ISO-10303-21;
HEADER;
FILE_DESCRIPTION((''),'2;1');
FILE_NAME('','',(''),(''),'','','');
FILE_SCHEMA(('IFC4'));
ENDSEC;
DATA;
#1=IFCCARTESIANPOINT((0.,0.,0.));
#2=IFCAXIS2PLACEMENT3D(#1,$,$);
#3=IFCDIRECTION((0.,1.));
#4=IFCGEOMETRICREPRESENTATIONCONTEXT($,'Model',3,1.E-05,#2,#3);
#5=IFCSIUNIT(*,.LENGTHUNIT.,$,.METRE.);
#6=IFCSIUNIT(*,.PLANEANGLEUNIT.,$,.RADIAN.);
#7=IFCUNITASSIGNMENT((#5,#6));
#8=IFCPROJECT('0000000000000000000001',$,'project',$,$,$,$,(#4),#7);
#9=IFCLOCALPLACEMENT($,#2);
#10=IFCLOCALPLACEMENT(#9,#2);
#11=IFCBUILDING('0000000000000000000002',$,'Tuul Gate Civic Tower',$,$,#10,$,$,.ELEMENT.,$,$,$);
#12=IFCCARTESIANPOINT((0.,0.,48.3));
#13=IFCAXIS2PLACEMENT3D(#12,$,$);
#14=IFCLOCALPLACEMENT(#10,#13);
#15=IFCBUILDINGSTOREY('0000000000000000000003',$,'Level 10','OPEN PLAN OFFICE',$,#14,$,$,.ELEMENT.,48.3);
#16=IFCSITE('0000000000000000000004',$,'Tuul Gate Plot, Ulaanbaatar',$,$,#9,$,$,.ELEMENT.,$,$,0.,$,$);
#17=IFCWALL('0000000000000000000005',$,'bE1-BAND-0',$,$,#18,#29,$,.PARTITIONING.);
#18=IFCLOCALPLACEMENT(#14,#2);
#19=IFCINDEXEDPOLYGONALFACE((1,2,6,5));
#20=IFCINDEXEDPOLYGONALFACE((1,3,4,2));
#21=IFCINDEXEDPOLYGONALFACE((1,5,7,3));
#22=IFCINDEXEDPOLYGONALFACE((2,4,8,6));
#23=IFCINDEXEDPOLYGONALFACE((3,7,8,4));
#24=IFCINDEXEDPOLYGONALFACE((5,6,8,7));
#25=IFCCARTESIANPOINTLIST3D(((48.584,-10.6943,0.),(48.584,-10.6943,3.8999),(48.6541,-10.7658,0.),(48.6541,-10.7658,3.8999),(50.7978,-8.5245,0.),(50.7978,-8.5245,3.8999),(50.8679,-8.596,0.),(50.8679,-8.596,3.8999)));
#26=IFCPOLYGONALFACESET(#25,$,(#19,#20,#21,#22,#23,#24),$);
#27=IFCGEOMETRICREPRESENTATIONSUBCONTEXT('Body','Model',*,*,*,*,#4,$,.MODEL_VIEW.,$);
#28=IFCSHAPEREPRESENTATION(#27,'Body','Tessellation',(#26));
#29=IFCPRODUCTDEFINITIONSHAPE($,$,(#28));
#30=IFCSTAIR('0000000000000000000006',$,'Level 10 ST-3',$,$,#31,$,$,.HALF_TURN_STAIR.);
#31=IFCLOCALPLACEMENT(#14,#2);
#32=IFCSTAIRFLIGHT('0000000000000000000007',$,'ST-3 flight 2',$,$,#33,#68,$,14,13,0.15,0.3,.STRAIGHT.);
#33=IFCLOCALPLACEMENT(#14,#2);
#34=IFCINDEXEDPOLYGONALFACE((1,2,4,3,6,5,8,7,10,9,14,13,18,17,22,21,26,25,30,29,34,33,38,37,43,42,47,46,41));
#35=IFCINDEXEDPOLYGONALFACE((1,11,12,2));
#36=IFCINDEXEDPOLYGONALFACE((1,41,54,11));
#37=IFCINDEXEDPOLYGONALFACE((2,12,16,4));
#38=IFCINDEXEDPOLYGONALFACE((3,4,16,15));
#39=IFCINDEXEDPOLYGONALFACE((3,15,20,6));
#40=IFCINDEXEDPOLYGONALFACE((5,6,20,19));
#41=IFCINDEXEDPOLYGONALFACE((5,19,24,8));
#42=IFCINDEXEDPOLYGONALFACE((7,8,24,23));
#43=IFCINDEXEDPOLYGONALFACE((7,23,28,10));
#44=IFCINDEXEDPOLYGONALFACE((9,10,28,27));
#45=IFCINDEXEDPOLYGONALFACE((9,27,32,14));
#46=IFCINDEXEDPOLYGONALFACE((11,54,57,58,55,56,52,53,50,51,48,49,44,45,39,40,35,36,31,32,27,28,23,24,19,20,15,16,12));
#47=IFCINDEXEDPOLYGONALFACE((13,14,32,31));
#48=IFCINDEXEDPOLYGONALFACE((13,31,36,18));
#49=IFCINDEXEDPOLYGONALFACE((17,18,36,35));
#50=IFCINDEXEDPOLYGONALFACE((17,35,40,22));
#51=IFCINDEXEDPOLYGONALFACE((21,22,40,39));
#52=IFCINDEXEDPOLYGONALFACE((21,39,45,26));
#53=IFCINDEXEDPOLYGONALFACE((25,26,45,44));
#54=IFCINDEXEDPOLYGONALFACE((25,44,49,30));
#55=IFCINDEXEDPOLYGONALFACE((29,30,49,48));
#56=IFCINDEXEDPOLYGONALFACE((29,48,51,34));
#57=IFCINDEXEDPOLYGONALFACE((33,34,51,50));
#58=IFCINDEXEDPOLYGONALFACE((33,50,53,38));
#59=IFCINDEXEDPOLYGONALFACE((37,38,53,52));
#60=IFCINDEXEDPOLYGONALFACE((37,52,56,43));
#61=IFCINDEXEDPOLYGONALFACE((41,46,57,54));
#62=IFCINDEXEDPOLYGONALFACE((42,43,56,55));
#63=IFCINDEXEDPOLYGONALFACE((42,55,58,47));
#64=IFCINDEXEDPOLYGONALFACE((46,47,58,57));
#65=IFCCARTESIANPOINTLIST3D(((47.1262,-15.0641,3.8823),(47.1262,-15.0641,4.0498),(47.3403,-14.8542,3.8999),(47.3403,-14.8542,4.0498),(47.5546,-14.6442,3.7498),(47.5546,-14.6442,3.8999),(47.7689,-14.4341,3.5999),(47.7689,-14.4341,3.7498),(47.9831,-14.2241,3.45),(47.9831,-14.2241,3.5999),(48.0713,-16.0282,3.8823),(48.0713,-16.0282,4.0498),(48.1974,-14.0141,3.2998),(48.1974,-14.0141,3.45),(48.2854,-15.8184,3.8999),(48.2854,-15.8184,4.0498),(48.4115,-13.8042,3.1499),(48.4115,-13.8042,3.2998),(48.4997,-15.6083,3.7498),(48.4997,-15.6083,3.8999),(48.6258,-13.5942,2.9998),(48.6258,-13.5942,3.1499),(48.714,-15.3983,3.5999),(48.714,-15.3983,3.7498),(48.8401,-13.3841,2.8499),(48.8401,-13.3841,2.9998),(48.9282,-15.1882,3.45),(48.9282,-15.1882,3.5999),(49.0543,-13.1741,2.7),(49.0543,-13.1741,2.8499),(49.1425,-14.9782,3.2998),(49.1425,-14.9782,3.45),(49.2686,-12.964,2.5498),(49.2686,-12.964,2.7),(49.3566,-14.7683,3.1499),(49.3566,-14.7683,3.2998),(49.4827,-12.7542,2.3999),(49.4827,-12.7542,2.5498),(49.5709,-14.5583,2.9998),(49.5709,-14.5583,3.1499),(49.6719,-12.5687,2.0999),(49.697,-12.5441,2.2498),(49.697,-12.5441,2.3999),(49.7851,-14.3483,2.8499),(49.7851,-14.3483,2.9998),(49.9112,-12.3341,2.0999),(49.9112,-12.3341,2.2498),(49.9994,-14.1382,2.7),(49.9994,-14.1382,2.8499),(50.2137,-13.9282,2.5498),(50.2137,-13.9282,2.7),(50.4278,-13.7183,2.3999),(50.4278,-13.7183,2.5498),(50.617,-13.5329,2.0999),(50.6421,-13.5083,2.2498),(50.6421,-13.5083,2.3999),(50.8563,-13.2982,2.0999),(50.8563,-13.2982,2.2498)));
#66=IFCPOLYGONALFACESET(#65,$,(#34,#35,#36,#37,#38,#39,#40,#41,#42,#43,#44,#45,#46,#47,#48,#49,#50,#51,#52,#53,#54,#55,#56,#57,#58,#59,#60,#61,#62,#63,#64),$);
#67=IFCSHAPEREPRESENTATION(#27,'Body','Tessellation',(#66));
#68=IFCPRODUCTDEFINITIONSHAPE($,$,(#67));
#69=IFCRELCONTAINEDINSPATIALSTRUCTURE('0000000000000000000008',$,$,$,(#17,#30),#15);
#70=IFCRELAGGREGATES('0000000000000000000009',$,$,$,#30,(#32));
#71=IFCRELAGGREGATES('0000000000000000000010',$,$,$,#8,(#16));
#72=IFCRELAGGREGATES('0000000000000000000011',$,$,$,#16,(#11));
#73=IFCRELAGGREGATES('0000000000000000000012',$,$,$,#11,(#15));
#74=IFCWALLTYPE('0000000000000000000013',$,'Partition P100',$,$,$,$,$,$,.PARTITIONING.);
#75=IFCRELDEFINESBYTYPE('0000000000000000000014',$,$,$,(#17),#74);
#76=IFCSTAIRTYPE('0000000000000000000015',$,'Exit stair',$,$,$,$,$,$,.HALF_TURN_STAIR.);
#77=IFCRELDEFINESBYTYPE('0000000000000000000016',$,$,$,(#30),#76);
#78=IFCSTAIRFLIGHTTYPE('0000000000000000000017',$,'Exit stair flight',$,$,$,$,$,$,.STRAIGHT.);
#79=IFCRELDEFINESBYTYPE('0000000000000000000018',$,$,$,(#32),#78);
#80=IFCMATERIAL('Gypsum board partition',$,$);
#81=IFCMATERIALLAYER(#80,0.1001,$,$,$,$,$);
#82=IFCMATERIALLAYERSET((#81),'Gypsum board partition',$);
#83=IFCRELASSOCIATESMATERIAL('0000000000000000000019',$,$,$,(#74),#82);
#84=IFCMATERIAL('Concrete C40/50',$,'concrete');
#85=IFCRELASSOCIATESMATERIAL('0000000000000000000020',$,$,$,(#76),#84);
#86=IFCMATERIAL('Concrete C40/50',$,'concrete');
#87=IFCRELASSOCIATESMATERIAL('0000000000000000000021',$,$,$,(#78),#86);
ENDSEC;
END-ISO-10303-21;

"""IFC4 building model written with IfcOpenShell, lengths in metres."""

from ifc_helpers import new_model, si_unit, direction, frame, frame_2d, origin, place, context, subcontext, project, spatial, polyline, rectangle, outline, extrude, material, layer, layer_set, type_object, element, aggregate, save


model = new_model("IFC4")

# Units and contexts
model_context = context("Model", 3, precision=1e-05, world=origin(), true_north=direction((0.0, 1.0)))
body_context = subcontext(model_context, "Body", "Model", "MODEL_VIEW")
ifc_project = project(units=[si_unit("LENGTHUNIT", "METRE"), si_unit("PLANEANGLEUNIT", "RADIAN")], contexts=[model_context])

# Site, building, storey
site_placement = place(None, origin())
site = spatial("IfcSite", under=ifc_project, at=site_placement, Name="Tuul Gate Plot, Ulaanbaatar", CompositionType="ELEMENT", RefElevation=0.0)
building_placement = place(site_placement, origin())
building = spatial("IfcBuilding", under=site, at=building_placement, Name="Tuul Gate Civic Tower", CompositionType="ELEMENT")
storey_placement = place(building_placement, frame((0.0, 0.0, 48.3)))
storey = spatial("IfcBuildingStorey", under=building, at=storey_placement, Name="Level 10", Description="OPEN PLAN OFFICE", CompositionType="ELEMENT", Elevation=48.3)

# Wall
ifc_material_1 = material(Name="Gypsum board partition")
ifc_layer_1 = layer(ifc_material_1, 0.1001)
ifc_layer_set_1 = layer_set([ifc_layer_1], Name="Gypsum board partition")
wall_type_1 = type_object("IfcWallType", Name="Partition P100", PredefinedType="PARTITIONING", material=ifc_layer_set_1)
wall_1_placement = place(storey_placement, frame((48.6191, -10.73, 0.0), z_axis=(0.0, 0.0, 1.0), x_axis=(0.714159, 0.699983, 0.0)))
element("IfcWall", 1, at=wall_1_placement, inside=storey, type_object=wall_type_1, Name="bE1-BAND-0", PredefinedType="PARTITIONING", context=body_context, shape_type="SweptSolid", body=[
    extrude(rectangle(XDim=3.0999, YDim=0.1001, at=frame_2d((1.5498, 0.0))), origin(), (0.0, 0.0, 1.0), 3.8999),
])

# Stair, stair flight
ifc_material_2 = material(Name="Concrete C40/50", Category="concrete")
stair_type = type_object("IfcStairType", Name="Exit stair", PredefinedType="HALF_TURN_STAIR", material=ifc_material_2)
stair_placement = place(storey_placement, origin())
stair = element("IfcStair", 2, at=stair_placement, inside=storey, type_object=stair_type, Name="Level 10 ST-3", PredefinedType="HALF_TURN_STAIR")
ifc_material_3 = material(Name="Concrete C40/50", Category="concrete")
stair_flight_type = type_object("IfcStairFlightType", Name="Exit stair flight", PredefinedType="STRAIGHT", material=ifc_material_3)
stair_flight_placement = place(storey_placement, frame((50.3838, -12.8162, 2.0999), z_axis=(0.0, 0.0, 1.0), x_axis=(-0.714127, -0.700016, 0.0)))
stair_flight = element("IfcStairFlight", 3, at=stair_flight_placement, type_object=stair_flight_type, Name="ST-3 flight 2", NumberOfRisers=14, NumberOfTreads=13, PredefinedType="STRAIGHT", RiserHeight=0.15, TreadLength=0.3, context=body_context, shape_type="SweptSolid", body=[
    extrude(outline(polyline([(0.0, 0.0), (0.0, 0.1499), (0.3, 0.1499), (0.3, 0.3), (0.6001, 0.3), (0.6001, 0.45), (0.8999, 0.45), (0.8999, 0.6001), (1.2, 0.6001), (1.2, 0.75), (1.5, 0.75), (1.5, 0.8999), (1.8, 0.8999), (1.8, 1.05), (2.1001, 1.05), (2.1001, 1.2), (2.3999, 1.2), (2.3999, 1.3501), (2.7, 1.3501), (2.7, 1.5), (3.0, 1.5), (3.0, 1.6499), (3.3, 1.6499), (3.3, 1.8), (3.6001, 1.8), (3.6001, 1.95), (3.8999, 1.95), (3.8999, 2.1001), (3.8999, 1.7825), (0.3352, 0.0), (0.0, 0.0)])), frame((0.0, 0.675, 0.0), z_axis=(0.0, -1.0, 0.0), x_axis=(1.0, 0.0, 0.0)), (0.0, 0.0, 1.0), 1.3501),
])
aggregate(stair, [stair_flight])

save(model, "model.ifc")
